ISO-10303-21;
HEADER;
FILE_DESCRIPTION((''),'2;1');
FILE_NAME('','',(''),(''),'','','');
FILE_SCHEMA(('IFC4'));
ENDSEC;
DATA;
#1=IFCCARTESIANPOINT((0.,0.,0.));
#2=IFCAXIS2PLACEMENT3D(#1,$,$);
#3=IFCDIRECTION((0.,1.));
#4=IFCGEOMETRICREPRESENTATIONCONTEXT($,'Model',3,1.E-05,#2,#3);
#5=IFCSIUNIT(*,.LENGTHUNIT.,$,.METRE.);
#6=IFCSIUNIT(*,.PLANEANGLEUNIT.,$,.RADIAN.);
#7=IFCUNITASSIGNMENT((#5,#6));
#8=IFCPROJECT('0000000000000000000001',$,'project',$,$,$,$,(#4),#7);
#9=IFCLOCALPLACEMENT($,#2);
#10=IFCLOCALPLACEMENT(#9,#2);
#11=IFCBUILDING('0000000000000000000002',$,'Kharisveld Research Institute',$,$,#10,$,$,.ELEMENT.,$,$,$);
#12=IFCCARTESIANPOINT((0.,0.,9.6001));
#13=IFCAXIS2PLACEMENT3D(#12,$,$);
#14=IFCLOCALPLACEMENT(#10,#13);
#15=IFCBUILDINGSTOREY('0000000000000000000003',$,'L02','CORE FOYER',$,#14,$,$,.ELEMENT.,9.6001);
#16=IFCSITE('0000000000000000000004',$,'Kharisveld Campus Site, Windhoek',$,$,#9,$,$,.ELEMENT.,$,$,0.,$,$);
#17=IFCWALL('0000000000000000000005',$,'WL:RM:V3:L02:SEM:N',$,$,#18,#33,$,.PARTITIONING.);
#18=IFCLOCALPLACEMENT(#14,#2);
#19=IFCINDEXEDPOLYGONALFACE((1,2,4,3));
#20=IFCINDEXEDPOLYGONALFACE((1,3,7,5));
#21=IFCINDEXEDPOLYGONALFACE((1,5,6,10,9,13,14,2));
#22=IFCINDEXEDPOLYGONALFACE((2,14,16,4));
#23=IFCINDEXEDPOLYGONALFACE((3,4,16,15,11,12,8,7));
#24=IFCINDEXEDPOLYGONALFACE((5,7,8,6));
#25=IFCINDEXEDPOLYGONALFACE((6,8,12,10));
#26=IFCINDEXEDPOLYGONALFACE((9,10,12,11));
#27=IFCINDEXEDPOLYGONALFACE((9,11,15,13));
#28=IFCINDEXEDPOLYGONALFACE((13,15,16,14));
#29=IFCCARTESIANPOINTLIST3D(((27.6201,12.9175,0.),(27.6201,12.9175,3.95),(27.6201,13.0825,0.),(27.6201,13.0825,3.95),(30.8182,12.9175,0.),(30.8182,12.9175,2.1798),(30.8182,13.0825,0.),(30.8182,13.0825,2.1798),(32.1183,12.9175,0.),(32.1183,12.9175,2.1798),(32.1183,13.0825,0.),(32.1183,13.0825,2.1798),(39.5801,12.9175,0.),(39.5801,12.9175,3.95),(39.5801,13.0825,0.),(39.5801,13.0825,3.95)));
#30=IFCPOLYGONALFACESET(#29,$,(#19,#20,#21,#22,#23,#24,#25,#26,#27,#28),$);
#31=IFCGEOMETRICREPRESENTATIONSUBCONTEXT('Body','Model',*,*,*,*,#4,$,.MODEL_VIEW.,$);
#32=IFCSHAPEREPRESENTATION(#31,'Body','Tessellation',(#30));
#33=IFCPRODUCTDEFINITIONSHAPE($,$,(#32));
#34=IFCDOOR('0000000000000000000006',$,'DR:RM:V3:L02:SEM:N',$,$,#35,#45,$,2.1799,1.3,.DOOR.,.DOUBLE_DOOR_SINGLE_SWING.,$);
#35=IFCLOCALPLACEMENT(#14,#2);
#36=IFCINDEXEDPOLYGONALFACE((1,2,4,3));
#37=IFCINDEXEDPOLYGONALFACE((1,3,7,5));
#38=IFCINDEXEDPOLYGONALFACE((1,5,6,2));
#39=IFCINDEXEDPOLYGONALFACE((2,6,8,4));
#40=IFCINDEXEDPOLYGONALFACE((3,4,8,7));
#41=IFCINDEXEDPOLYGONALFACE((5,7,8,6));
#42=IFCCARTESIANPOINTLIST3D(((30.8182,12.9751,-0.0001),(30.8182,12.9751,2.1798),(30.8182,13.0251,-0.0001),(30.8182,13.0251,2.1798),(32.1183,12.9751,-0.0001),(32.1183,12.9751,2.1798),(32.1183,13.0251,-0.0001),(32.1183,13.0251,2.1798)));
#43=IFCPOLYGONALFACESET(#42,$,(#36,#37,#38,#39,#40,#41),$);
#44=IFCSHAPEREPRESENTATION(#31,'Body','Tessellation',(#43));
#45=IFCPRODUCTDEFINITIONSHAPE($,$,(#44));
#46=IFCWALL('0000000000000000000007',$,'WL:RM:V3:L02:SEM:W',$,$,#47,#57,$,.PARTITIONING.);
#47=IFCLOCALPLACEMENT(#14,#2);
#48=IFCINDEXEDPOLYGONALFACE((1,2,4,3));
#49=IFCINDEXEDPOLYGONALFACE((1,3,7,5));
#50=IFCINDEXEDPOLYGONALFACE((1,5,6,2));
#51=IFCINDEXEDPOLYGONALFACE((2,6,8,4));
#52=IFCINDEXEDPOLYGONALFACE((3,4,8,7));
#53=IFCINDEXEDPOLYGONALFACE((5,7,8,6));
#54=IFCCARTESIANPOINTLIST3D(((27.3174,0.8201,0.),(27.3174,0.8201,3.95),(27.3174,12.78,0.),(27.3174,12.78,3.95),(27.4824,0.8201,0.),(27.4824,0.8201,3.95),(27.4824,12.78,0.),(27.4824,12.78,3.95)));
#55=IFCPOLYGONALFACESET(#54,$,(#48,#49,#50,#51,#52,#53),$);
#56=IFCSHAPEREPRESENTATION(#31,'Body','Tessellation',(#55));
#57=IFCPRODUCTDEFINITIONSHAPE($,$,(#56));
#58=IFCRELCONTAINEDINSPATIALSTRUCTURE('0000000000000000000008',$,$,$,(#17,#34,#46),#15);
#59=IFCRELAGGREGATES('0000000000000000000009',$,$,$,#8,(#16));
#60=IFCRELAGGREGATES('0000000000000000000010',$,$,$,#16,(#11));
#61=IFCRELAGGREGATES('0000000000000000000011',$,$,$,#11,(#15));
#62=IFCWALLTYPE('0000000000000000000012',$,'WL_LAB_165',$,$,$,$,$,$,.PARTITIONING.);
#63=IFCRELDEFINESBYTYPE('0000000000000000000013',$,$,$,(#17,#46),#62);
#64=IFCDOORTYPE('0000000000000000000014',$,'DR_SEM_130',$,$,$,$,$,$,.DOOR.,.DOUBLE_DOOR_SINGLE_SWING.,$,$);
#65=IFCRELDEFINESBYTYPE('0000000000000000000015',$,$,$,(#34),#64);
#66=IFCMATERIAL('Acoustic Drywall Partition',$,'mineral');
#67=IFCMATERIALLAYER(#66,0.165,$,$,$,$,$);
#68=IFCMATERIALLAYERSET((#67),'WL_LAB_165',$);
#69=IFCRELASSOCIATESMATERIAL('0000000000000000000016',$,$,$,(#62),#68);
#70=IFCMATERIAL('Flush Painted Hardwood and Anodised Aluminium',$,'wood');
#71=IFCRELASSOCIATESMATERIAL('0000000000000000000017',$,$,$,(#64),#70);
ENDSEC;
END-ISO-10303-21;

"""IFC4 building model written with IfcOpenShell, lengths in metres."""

from ifc_helpers import new_model, si_unit, direction, frame, frame_2d, origin, place, context, subcontext, project, spatial, rectangle, extrude, material, layer, layer_set, type_object, element, fill, save


model = new_model("IFC4")

# Units and contexts
model_context = context("Model", 3, precision=1e-05, world=origin(), true_north=direction((0.0, 1.0)))
body_context = subcontext(model_context, "Body", "Model", "MODEL_VIEW")
ifc_project = project(units=[si_unit("LENGTHUNIT", "METRE"), si_unit("PLANEANGLEUNIT", "RADIAN")], contexts=[model_context])

# Site, building, storey
site_placement = place(None, origin())
site = spatial("IfcSite", under=ifc_project, at=site_placement, Name="Kharisveld Campus Site, Windhoek", CompositionType="ELEMENT", RefElevation=0.0)
building_placement = place(site_placement, origin())
building = spatial("IfcBuilding", under=site, at=building_placement, Name="Kharisveld Research Institute", CompositionType="ELEMENT")
storey_placement = place(building_placement, frame((0.0, 0.0, 9.6001)))
storey = spatial("IfcBuildingStorey", under=building, at=storey_placement, Name="L02", Description="CORE FOYER", CompositionType="ELEMENT", Elevation=9.6001)

# Shared definitions
ifc_material_1 = material(Name="Acoustic Drywall Partition", Category="mineral")
ifc_layer_1 = layer(ifc_material_1, 0.165)
ifc_layer_set_1 = layer_set([ifc_layer_1], Name="WL_LAB_165")
wall_type = type_object("IfcWallType", Name="WL_LAB_165", PredefinedType="PARTITIONING", material=ifc_layer_set_1)

# Wall, opening, door
wall_1_placement = place(storey_placement, frame((39.5801, 13.0, 0.0), z_axis=(0.0, 0.0, 1.0), x_axis=(-1.0, 0.0, 0.0)))
wall_1 = element("IfcWall", 1, at=wall_1_placement, inside=storey, type_object=wall_type, Name="WL:RM:V3:L02:SEM:N", PredefinedType="PARTITIONING", context=body_context, shape_type="SweptSolid", body=[
    extrude(rectangle(XDim=11.96, YDim=0.165, at=frame_2d((5.98, 0.0))), origin(), (0.0, 0.0, 1.0), 3.95),
])
opening_1_placement = place(wall_1_placement, frame((7.4619, 0.0, 0.0)))
opening_1 = element("IfcOpeningElement", 2, at=opening_1_placement, cuts=wall_1, PredefinedType="OPENING", context=body_context, shape_type="SweptSolid", body=[
    extrude(rectangle(XDim=1.3, YDim=2.1799, at=frame_2d((0.6499, 1.0898))), frame((0.0, 0.0825, 0.0), z_axis=(0.0, -1.0, 0.0), x_axis=(1.0, 0.0, 0.0)), (0.0, 0.0, 1.0), 0.165),
])
ifc_material_2 = material(Name="Flush Painted Hardwood and Anodised Aluminium", Category="wood")
door_type_1 = type_object("IfcDoorType", Name="DR_SEM_130", OperationType="DOUBLE_DOOR_SINGLE_SWING", PredefinedType="DOOR", material=ifc_material_2)
door_1_placement = place(opening_1_placement, origin())
door_1 = element("IfcDoor", 3, at=door_1_placement, inside=storey, type_object=door_type_1, Name="DR:RM:V3:L02:SEM:N", OperationType="DOUBLE_DOOR_SINGLE_SWING", OverallHeight=2.1799, OverallWidth=1.3, PredefinedType="DOOR", context=body_context, shape_type="SweptSolid", body=[
    extrude(rectangle(XDim=1.3, YDim=2.1799, at=frame_2d((0.6499, 1.0898))), frame((0.0, 0.0249, 0.0), z_axis=(0.0, -1.0, 0.0), x_axis=(1.0, 0.0, 0.0)), (0.0, 0.0, 1.0), 0.05),
])
fill(opening_1, door_1)

# Wall
wall_2_placement = place(storey_placement, frame((27.3999, 12.78, 0.0), z_axis=(0.0, 0.0, 1.0), x_axis=(0.0, -1.0, 0.0)))
element("IfcWall", 4, at=wall_2_placement, inside=storey, type_object=wall_type, Name="WL:RM:V3:L02:SEM:W", PredefinedType="PARTITIONING", context=body_context, shape_type="SweptSolid", body=[
    extrude(rectangle(XDim=11.96, YDim=0.165, at=frame_2d((5.98, 0.0))), origin(), (0.0, 0.0, 1.0), 3.95),
])

save(model, "model.ifc")
